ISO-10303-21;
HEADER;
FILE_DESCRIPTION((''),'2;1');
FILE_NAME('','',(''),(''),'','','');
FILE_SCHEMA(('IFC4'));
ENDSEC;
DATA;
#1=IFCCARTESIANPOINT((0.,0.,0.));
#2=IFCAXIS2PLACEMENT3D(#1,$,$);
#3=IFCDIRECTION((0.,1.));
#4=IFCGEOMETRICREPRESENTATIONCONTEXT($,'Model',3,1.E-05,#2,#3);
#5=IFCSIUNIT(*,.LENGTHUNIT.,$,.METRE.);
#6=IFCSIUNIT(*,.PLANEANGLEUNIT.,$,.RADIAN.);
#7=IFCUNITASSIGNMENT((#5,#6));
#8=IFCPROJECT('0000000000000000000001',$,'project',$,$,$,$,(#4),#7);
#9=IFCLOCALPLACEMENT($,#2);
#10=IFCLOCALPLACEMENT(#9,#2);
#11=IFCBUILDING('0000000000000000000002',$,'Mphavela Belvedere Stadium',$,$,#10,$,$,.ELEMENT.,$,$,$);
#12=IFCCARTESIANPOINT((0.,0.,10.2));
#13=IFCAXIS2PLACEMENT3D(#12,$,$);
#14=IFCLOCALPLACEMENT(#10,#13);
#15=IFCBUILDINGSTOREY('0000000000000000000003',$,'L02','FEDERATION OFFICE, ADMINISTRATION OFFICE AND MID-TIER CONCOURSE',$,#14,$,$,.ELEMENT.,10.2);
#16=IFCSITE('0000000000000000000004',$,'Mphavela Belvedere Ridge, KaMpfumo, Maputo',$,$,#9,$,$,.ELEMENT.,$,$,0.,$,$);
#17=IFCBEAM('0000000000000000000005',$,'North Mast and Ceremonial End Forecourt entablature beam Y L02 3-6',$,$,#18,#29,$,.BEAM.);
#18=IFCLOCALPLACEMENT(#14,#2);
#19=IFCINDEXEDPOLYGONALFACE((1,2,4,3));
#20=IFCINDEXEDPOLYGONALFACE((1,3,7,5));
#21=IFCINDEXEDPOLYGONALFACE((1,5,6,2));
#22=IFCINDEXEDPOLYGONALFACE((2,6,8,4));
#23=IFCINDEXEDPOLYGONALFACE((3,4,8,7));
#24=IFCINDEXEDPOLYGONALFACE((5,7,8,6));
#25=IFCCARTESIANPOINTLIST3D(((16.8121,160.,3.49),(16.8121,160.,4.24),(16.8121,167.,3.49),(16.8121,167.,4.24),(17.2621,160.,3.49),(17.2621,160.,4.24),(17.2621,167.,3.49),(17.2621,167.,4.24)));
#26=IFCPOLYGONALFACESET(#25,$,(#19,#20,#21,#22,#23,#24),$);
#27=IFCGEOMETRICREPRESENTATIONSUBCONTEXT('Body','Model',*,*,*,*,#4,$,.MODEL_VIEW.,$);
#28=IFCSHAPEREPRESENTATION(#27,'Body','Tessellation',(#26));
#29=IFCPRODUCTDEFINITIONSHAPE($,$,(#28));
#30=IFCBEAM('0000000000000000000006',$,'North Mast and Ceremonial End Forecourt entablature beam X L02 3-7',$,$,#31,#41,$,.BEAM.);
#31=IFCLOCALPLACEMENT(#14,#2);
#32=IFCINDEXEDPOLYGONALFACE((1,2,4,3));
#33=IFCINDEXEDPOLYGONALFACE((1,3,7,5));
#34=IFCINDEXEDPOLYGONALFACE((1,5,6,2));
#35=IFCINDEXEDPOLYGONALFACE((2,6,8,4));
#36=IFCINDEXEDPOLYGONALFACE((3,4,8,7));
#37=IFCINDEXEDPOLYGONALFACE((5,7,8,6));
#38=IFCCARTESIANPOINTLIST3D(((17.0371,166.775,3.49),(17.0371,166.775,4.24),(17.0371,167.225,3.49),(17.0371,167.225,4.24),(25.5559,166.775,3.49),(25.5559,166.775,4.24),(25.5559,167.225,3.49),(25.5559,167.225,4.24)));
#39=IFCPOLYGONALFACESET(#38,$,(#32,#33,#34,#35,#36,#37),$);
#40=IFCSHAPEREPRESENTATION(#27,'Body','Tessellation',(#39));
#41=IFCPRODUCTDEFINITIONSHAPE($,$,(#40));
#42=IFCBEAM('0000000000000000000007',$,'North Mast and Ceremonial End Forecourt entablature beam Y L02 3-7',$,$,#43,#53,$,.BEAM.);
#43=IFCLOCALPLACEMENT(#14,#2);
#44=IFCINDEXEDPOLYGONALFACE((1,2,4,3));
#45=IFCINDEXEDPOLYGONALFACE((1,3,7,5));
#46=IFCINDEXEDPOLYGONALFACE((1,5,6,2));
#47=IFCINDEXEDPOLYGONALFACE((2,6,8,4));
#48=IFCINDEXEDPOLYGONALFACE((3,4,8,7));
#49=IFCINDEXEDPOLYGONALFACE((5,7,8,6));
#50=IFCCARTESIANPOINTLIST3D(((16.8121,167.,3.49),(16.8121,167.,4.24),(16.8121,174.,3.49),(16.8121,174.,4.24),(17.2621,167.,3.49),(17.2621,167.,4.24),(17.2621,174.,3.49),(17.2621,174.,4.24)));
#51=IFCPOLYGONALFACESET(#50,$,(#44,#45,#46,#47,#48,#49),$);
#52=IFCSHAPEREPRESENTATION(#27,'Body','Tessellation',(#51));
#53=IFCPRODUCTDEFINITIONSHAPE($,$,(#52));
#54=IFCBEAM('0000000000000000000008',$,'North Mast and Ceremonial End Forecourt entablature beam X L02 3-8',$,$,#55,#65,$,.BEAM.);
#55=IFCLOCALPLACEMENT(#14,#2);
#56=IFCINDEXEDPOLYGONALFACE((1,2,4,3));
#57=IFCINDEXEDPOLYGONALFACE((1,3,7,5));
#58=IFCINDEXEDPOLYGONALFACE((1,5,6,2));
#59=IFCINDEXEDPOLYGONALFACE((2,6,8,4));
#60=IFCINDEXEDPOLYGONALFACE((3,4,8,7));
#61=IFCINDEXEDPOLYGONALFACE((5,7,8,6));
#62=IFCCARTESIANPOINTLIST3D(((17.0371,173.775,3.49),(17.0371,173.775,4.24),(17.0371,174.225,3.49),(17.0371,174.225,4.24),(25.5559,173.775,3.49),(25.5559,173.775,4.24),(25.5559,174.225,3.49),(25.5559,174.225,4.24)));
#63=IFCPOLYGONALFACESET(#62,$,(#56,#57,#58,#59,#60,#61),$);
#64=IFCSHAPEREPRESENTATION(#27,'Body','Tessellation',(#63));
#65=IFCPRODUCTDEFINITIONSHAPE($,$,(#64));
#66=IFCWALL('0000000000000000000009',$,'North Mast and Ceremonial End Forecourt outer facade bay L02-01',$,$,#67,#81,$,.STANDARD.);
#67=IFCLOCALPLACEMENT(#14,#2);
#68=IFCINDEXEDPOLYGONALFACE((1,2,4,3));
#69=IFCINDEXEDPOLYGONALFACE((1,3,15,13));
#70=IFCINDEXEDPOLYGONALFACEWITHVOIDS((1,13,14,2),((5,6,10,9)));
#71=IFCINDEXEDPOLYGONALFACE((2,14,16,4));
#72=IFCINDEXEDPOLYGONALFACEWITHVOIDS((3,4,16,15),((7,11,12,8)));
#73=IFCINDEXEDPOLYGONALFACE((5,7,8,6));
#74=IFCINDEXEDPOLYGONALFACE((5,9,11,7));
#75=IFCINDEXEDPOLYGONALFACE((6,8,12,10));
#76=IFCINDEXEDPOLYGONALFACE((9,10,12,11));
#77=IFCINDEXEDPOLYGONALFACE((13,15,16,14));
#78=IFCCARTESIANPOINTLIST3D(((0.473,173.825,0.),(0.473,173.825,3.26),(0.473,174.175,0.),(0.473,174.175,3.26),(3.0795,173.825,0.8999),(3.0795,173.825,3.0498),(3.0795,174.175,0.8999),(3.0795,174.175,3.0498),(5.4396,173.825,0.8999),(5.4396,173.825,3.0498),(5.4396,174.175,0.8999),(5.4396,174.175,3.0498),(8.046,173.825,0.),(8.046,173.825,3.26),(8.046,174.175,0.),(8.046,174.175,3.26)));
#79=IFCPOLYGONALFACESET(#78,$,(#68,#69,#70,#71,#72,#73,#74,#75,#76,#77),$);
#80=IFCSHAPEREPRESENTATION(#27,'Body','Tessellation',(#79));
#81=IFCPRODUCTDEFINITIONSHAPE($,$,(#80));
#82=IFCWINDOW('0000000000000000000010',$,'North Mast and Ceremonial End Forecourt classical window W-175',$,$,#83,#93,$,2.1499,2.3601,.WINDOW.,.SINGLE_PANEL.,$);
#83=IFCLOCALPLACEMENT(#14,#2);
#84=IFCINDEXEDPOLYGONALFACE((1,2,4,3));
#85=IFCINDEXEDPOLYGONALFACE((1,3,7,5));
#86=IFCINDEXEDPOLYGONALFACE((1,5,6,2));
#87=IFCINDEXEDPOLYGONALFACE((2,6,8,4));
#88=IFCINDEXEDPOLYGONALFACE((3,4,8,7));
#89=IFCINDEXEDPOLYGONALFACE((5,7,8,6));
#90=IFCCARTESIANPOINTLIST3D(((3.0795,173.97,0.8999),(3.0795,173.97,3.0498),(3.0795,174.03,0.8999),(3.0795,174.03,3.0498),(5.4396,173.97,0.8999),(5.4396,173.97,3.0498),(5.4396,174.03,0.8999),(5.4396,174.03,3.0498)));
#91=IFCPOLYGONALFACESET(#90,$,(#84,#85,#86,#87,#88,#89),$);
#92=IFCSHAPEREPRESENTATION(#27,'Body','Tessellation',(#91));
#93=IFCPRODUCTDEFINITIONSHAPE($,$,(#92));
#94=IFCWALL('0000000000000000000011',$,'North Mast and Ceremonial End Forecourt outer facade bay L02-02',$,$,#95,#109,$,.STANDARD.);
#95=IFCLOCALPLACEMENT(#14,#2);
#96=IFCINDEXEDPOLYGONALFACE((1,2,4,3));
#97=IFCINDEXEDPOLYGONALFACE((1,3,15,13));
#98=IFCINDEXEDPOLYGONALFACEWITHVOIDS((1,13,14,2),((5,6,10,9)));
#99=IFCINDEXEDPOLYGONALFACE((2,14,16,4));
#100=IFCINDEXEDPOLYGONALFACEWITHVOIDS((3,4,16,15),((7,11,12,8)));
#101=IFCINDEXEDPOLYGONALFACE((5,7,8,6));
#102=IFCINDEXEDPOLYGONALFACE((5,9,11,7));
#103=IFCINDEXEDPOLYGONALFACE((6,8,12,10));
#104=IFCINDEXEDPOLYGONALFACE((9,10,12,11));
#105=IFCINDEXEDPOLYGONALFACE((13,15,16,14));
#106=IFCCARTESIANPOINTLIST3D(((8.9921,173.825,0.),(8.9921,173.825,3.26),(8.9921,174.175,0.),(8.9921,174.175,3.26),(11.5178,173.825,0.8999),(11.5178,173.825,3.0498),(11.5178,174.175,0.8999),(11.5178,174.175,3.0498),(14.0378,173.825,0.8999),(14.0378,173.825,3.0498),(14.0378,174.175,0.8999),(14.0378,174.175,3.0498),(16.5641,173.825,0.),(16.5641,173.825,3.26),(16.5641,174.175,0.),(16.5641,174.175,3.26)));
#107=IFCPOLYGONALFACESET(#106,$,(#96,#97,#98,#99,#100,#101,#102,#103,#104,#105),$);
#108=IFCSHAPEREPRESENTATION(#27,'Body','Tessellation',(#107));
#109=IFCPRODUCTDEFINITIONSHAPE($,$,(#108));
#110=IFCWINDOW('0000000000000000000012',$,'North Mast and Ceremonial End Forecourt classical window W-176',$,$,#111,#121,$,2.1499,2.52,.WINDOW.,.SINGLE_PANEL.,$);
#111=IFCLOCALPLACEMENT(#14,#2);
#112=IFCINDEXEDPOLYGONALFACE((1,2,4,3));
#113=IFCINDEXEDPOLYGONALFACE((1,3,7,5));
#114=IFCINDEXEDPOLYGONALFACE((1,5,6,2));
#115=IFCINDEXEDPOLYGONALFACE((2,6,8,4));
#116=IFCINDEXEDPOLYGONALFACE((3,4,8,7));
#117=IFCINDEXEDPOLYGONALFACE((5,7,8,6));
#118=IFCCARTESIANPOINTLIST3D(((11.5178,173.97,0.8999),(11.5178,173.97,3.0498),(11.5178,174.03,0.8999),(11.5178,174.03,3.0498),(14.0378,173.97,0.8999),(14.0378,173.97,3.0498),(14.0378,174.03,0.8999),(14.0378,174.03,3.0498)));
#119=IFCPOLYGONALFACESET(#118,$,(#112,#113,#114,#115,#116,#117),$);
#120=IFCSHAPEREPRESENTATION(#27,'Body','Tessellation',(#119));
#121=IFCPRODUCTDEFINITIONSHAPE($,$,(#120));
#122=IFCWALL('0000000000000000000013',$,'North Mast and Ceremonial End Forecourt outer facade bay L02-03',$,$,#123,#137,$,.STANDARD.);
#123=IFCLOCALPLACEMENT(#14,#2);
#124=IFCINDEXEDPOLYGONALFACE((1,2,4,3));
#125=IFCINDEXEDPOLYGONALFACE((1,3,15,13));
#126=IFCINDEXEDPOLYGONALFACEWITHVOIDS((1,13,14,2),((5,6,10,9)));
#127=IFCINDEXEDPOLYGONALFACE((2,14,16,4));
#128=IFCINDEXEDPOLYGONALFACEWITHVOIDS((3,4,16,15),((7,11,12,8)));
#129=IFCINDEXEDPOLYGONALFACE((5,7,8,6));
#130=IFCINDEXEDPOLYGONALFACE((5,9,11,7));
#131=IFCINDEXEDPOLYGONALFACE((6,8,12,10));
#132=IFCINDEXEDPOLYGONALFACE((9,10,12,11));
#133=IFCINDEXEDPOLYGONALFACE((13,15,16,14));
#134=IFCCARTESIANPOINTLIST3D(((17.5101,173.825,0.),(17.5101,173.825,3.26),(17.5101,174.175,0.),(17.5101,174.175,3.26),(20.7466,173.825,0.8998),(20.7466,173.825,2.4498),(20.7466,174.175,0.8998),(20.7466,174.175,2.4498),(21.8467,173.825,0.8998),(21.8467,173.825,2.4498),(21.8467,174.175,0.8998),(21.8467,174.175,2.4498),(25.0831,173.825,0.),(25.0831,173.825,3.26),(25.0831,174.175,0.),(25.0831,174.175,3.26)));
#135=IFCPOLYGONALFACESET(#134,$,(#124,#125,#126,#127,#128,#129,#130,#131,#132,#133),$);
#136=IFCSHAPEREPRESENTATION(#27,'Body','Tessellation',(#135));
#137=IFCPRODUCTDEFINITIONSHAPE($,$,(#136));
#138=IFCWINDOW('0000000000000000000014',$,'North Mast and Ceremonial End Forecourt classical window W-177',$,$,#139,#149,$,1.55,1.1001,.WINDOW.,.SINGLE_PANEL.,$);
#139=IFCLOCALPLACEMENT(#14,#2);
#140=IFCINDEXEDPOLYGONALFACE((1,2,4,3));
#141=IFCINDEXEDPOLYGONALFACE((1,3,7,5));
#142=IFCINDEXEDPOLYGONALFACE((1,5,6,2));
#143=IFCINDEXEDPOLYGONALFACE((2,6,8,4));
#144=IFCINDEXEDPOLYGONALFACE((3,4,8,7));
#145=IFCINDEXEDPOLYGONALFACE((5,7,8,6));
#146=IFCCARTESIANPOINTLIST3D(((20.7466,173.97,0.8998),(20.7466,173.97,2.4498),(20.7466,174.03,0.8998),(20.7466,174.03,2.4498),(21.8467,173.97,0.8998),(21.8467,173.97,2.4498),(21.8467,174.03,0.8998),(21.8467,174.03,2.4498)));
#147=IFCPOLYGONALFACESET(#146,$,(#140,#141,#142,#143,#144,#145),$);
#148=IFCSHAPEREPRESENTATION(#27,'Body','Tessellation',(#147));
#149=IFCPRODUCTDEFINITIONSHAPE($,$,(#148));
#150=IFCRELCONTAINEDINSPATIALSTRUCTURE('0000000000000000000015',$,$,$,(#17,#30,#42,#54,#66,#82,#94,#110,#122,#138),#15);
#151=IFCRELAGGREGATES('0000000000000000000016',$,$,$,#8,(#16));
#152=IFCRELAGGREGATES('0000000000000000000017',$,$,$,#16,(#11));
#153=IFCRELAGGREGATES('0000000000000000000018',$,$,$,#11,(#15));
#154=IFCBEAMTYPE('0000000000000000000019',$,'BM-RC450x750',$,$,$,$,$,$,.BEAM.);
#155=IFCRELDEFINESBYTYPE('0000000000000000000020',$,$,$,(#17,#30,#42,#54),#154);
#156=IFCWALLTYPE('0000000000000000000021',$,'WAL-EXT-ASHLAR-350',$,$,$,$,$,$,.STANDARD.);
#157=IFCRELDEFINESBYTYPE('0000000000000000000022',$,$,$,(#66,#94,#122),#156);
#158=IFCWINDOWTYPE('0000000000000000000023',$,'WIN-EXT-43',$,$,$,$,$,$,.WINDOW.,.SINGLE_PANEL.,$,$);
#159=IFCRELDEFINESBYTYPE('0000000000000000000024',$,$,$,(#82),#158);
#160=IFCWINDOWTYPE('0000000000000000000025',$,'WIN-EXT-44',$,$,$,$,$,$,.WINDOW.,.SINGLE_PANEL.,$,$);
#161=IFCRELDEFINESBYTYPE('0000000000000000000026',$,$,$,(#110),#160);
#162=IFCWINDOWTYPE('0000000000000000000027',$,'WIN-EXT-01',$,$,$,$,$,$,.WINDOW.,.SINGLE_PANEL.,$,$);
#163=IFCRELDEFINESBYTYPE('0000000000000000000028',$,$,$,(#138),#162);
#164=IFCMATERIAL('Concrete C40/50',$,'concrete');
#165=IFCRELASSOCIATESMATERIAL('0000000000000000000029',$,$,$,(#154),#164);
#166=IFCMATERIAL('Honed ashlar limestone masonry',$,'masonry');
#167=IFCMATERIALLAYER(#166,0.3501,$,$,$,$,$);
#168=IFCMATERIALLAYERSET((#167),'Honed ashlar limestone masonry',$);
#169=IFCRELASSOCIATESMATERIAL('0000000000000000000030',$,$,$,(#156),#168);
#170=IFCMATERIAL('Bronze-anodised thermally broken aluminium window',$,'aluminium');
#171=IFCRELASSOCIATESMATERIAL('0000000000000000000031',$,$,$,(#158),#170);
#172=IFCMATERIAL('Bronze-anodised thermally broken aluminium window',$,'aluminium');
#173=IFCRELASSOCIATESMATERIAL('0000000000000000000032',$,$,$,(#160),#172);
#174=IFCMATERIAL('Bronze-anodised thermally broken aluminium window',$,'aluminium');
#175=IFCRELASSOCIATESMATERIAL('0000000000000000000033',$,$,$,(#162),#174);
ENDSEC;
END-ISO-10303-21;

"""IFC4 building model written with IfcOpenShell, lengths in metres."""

from ifc_helpers import new_model, si_unit, direction, frame, frame_2d, origin, origin_2d, place, context, subcontext, project, spatial, rectangle, extrude, material, layer, layer_set, material_profile, profile_set, type_object, element, fill, save


model = new_model("IFC4")

# Units and contexts
model_context = context("Model", 3, precision=1e-05, world=origin(), true_north=direction((0.0, 1.0)))
body_context = subcontext(model_context, "Body", "Model", "MODEL_VIEW")
ifc_project = project(units=[si_unit("LENGTHUNIT", "METRE"), si_unit("PLANEANGLEUNIT", "RADIAN")], contexts=[model_context])

# Site, building, storey
site_placement = place(None, origin())
site = spatial("IfcSite", under=ifc_project, at=site_placement, Name="Mphavela Belvedere Ridge, KaMpfumo, Maputo", CompositionType="ELEMENT", RefElevation=0.0)
building_placement = place(site_placement, origin())
building = spatial("IfcBuilding", under=site, at=building_placement, Name="Mphavela Belvedere Stadium", CompositionType="ELEMENT")
storey_placement = place(building_placement, frame((0.0, 0.0, 10.2)))
storey = spatial("IfcBuildingStorey", under=building, at=storey_placement, Name="L02", Description="FEDERATION OFFICE, ADMINISTRATION OFFICE AND MID-TIER CONCOURSE", CompositionType="ELEMENT", Elevation=10.2)

# Beams
ifc_material_1 = material(Name="Concrete C40/50", Category="concrete")
ifc_material_profile_1 = material_profile(ifc_material_1, rectangle(XDim=0.45, YDim=0.75, at=origin_2d()), Name="RC 450x750")
ifc_profile_set_1 = profile_set([ifc_material_profile_1], Name="Concrete C40/50")
beam_type_1 = type_object("IfcBeamType", Name="BM-RC450x750", PredefinedType="BEAM", material=ifc_profile_set_1)
beam_1_placement = place(storey_placement, frame((17.0371, 160.0, 3.865), z_axis=(0.0, 1.0, 0.0), x_axis=(-1.0, 0.0, 0.0)))
element("IfcBeam", 1, at=beam_1_placement, inside=storey, type_object=beam_type_1, Name="North Mast and Ceremonial End Forecourt entablature beam Y L02 3-6", PredefinedType="BEAM", context=body_context, shape_type="SweptSolid", body=[
    extrude(rectangle(XDim=0.45, YDim=0.75, at=origin_2d()), origin(), (0.0, 0.0, 1.0), 7.0),
])
beam_2_placement = place(storey_placement, frame((17.0371, 167.0, 3.865), z_axis=(1.0, 0.0, 0.0), x_axis=(0.0, 1.0, 0.0)))
element("IfcBeam", 2, at=beam_2_placement, inside=storey, type_object=beam_type_1, Name="North Mast and Ceremonial End Forecourt entablature beam X L02 3-7", PredefinedType="BEAM", context=body_context, shape_type="SweptSolid", body=[
    extrude(rectangle(XDim=0.45, YDim=0.75, at=origin_2d()), origin(), (0.0, 0.0, 1.0), 8.5188),
])
beam_3_placement = place(storey_placement, frame((17.0371, 167.0, 3.865), z_axis=(0.0, 1.0, 0.0), x_axis=(-1.0, 0.0, 0.0)))
element("IfcBeam", 3, at=beam_3_placement, inside=storey, type_object=beam_type_1, Name="North Mast and Ceremonial End Forecourt entablature beam Y L02 3-7", PredefinedType="BEAM", context=body_context, shape_type="SweptSolid", body=[
    extrude(rectangle(XDim=0.45, YDim=0.75, at=origin_2d()), origin(), (0.0, 0.0, 1.0), 7.0),
])
beam_4_placement = place(storey_placement, frame((17.0371, 174.0, 3.865), z_axis=(1.0, 0.0, 0.0), x_axis=(0.0, 1.0, 0.0)))
element("IfcBeam", 4, at=beam_4_placement, inside=storey, type_object=beam_type_1, Name="North Mast and Ceremonial End Forecourt entablature beam X L02 3-8", PredefinedType="BEAM", context=body_context, shape_type="SweptSolid", body=[
    extrude(rectangle(XDim=0.45, YDim=0.75, at=origin_2d()), origin(), (0.0, 0.0, 1.0), 8.5188),
])

# Walls, openings, windows
ifc_material_2 = material(Name="Honed ashlar limestone masonry", Category="masonry")
ifc_layer = layer(ifc_material_2, 0.3501)
ifc_layer_set = layer_set([ifc_layer], Name="Honed ashlar limestone masonry")
wall_type = type_object("IfcWallType", Name="WAL-EXT-ASHLAR-350", PredefinedType="STANDARD", material=ifc_layer_set)
wall_1_placement = place(storey_placement, frame((0.4729, 174.0, 0.0), z_axis=(0.0, 0.0, 1.0), x_axis=(1.0, 0.0, 0.0)))
wall_1 = element("IfcWall", 5, at=wall_1_placement, inside=storey, type_object=wall_type, Name="North Mast and Ceremonial End Forecourt outer facade bay L02-01", PredefinedType="STANDARD", context=body_context, shape_type="SweptSolid", body=[
    extrude(rectangle(XDim=7.573, YDim=0.3501, at=frame_2d((3.7866, 0.0))), origin(), (0.0, 0.0, 1.0), 3.26),
])
opening_1_placement = place(wall_1_placement, frame((2.6064, 0.0, 0.8999)))
opening_1 = element("IfcOpeningElement", 6, at=opening_1_placement, cuts=wall_1, PredefinedType="OPENING", context=body_context, shape_type="SweptSolid", body=[
    extrude(rectangle(XDim=2.3601, YDim=2.1499, at=frame_2d((1.1802, 1.075))), frame((0.0, 0.1851, 0.0), z_axis=(0.0, -1.0, 0.0), x_axis=(1.0, 0.0, 0.0)), (0.0, 0.0, 1.0), 0.3701),
])
ifc_material_3 = material(Name="Bronze-anodised thermally broken aluminium window", Category="aluminium")
window_type_1 = type_object("IfcWindowType", Name="WIN-EXT-43", PartitioningType="SINGLE_PANEL", PredefinedType="WINDOW", material=ifc_material_3)
window_1_placement = place(opening_1_placement, origin())
window_1 = element("IfcWindow", 7, at=window_1_placement, inside=storey, type_object=window_type_1, Name="North Mast and Ceremonial End Forecourt classical window W-175", OverallHeight=2.1499, OverallWidth=2.3601, PartitioningType="SINGLE_PANEL", PredefinedType="WINDOW", context=body_context, shape_type="SweptSolid", body=[
    extrude(rectangle(XDim=2.3601, YDim=2.1499, at=frame_2d((1.1802, 1.075))), frame((0.0, 0.03, 0.0), z_axis=(0.0, -1.0, 0.0), x_axis=(1.0, 0.0, 0.0)), (0.0, 0.0, 1.0), 0.0601),
])
fill(opening_1, window_1)
wall_2_placement = place(storey_placement, frame((8.9919, 174.0, 0.0), z_axis=(0.0, 0.0, 1.0), x_axis=(1.0, 0.0, 0.0)))
wall_2 = element("IfcWall", 8, at=wall_2_placement, inside=storey, type_object=wall_type, Name="North Mast and Ceremonial End Forecourt outer facade bay L02-02", PredefinedType="STANDARD", context=body_context, shape_type="SweptSolid", body=[
    extrude(rectangle(XDim=7.572, YDim=0.3501, at=frame_2d((3.7861, 0.0))), origin(), (0.0, 0.0, 1.0), 3.26),
])
opening_2_placement = place(wall_2_placement, frame((2.5259, 0.0, 0.8999)))
opening_2 = element("IfcOpeningElement", 9, at=opening_2_placement, cuts=wall_2, PredefinedType="OPENING", context=body_context, shape_type="SweptSolid", body=[
    extrude(rectangle(XDim=2.52, YDim=2.1499, at=frame_2d((1.26, 1.075))), frame((0.0, 0.1851, 0.0), z_axis=(0.0, -1.0, 0.0), x_axis=(1.0, 0.0, 0.0)), (0.0, 0.0, 1.0), 0.3701),
])
ifc_material_4 = material(Name="Bronze-anodised thermally broken aluminium window", Category="aluminium")
window_type_2 = type_object("IfcWindowType", Name="WIN-EXT-44", PartitioningType="SINGLE_PANEL", PredefinedType="WINDOW", material=ifc_material_4)
window_2_placement = place(opening_2_placement, origin())
window_2 = element("IfcWindow", 10, at=window_2_placement, inside=storey, type_object=window_type_2, Name="North Mast and Ceremonial End Forecourt classical window W-176", OverallHeight=2.1499, OverallWidth=2.52, PartitioningType="SINGLE_PANEL", PredefinedType="WINDOW", context=body_context, shape_type="SweptSolid", body=[
    extrude(rectangle(XDim=2.52, YDim=2.1499, at=frame_2d((1.26, 1.075))), frame((0.0, 0.03, 0.0), z_axis=(0.0, -1.0, 0.0), x_axis=(1.0, 0.0, 0.0)), (0.0, 0.0, 1.0), 0.0601),
])
fill(opening_2, window_2)
wall_3_placement = place(storey_placement, frame((17.51, 174.0, 0.0), z_axis=(0.0, 0.0, 1.0), x_axis=(1.0, 0.0, 0.0)))
wall_3 = element("IfcWall", 11, at=wall_3_placement, inside=storey, type_object=wall_type, Name="North Mast and Ceremonial End Forecourt outer facade bay L02-03", PredefinedType="STANDARD", context=body_context, shape_type="SweptSolid", body=[
    extrude(rectangle(XDim=7.573, YDim=0.3501, at=frame_2d((3.7866, 0.0))), origin(), (0.0, 0.0, 1.0), 3.26),
])
opening_3_placement = place(wall_3_placement, frame((3.2366, 0.0, 0.8999)))
opening_3 = element("IfcOpeningElement", 12, at=opening_3_placement, cuts=wall_3, PredefinedType="OPENING", context=body_context, shape_type="SweptSolid", body=[
    extrude(rectangle(XDim=1.1001, YDim=1.55, at=frame_2d((0.55, 0.7749))), frame((0.0, 0.1851, 0.0), z_axis=(0.0, -1.0, 0.0), x_axis=(1.0, 0.0, 0.0)), (0.0, 0.0, 1.0), 0.3701),
])
ifc_material_5 = material(Name="Bronze-anodised thermally broken aluminium window", Category="aluminium")
window_type_3 = type_object("IfcWindowType", Name="WIN-EXT-01", PartitioningType="SINGLE_PANEL", PredefinedType="WINDOW", material=ifc_material_5)
window_3_placement = place(opening_3_placement, origin())
window_3 = element("IfcWindow", 13, at=window_3_placement, inside=storey, type_object=window_type_3, Name="North Mast and Ceremonial End Forecourt classical window W-177", OverallHeight=1.55, OverallWidth=1.1001, PartitioningType="SINGLE_PANEL", PredefinedType="WINDOW", context=body_context, shape_type="SweptSolid", body=[
    extrude(rectangle(XDim=1.1001, YDim=1.55, at=frame_2d((0.55, 0.7749))), frame((0.0, 0.03, 0.0), z_axis=(0.0, -1.0, 0.0), x_axis=(1.0, 0.0, 0.0)), (0.0, 0.0, 1.0), 0.0601),
])
fill(opening_3, window_3)

save(model, "model.ifc")
